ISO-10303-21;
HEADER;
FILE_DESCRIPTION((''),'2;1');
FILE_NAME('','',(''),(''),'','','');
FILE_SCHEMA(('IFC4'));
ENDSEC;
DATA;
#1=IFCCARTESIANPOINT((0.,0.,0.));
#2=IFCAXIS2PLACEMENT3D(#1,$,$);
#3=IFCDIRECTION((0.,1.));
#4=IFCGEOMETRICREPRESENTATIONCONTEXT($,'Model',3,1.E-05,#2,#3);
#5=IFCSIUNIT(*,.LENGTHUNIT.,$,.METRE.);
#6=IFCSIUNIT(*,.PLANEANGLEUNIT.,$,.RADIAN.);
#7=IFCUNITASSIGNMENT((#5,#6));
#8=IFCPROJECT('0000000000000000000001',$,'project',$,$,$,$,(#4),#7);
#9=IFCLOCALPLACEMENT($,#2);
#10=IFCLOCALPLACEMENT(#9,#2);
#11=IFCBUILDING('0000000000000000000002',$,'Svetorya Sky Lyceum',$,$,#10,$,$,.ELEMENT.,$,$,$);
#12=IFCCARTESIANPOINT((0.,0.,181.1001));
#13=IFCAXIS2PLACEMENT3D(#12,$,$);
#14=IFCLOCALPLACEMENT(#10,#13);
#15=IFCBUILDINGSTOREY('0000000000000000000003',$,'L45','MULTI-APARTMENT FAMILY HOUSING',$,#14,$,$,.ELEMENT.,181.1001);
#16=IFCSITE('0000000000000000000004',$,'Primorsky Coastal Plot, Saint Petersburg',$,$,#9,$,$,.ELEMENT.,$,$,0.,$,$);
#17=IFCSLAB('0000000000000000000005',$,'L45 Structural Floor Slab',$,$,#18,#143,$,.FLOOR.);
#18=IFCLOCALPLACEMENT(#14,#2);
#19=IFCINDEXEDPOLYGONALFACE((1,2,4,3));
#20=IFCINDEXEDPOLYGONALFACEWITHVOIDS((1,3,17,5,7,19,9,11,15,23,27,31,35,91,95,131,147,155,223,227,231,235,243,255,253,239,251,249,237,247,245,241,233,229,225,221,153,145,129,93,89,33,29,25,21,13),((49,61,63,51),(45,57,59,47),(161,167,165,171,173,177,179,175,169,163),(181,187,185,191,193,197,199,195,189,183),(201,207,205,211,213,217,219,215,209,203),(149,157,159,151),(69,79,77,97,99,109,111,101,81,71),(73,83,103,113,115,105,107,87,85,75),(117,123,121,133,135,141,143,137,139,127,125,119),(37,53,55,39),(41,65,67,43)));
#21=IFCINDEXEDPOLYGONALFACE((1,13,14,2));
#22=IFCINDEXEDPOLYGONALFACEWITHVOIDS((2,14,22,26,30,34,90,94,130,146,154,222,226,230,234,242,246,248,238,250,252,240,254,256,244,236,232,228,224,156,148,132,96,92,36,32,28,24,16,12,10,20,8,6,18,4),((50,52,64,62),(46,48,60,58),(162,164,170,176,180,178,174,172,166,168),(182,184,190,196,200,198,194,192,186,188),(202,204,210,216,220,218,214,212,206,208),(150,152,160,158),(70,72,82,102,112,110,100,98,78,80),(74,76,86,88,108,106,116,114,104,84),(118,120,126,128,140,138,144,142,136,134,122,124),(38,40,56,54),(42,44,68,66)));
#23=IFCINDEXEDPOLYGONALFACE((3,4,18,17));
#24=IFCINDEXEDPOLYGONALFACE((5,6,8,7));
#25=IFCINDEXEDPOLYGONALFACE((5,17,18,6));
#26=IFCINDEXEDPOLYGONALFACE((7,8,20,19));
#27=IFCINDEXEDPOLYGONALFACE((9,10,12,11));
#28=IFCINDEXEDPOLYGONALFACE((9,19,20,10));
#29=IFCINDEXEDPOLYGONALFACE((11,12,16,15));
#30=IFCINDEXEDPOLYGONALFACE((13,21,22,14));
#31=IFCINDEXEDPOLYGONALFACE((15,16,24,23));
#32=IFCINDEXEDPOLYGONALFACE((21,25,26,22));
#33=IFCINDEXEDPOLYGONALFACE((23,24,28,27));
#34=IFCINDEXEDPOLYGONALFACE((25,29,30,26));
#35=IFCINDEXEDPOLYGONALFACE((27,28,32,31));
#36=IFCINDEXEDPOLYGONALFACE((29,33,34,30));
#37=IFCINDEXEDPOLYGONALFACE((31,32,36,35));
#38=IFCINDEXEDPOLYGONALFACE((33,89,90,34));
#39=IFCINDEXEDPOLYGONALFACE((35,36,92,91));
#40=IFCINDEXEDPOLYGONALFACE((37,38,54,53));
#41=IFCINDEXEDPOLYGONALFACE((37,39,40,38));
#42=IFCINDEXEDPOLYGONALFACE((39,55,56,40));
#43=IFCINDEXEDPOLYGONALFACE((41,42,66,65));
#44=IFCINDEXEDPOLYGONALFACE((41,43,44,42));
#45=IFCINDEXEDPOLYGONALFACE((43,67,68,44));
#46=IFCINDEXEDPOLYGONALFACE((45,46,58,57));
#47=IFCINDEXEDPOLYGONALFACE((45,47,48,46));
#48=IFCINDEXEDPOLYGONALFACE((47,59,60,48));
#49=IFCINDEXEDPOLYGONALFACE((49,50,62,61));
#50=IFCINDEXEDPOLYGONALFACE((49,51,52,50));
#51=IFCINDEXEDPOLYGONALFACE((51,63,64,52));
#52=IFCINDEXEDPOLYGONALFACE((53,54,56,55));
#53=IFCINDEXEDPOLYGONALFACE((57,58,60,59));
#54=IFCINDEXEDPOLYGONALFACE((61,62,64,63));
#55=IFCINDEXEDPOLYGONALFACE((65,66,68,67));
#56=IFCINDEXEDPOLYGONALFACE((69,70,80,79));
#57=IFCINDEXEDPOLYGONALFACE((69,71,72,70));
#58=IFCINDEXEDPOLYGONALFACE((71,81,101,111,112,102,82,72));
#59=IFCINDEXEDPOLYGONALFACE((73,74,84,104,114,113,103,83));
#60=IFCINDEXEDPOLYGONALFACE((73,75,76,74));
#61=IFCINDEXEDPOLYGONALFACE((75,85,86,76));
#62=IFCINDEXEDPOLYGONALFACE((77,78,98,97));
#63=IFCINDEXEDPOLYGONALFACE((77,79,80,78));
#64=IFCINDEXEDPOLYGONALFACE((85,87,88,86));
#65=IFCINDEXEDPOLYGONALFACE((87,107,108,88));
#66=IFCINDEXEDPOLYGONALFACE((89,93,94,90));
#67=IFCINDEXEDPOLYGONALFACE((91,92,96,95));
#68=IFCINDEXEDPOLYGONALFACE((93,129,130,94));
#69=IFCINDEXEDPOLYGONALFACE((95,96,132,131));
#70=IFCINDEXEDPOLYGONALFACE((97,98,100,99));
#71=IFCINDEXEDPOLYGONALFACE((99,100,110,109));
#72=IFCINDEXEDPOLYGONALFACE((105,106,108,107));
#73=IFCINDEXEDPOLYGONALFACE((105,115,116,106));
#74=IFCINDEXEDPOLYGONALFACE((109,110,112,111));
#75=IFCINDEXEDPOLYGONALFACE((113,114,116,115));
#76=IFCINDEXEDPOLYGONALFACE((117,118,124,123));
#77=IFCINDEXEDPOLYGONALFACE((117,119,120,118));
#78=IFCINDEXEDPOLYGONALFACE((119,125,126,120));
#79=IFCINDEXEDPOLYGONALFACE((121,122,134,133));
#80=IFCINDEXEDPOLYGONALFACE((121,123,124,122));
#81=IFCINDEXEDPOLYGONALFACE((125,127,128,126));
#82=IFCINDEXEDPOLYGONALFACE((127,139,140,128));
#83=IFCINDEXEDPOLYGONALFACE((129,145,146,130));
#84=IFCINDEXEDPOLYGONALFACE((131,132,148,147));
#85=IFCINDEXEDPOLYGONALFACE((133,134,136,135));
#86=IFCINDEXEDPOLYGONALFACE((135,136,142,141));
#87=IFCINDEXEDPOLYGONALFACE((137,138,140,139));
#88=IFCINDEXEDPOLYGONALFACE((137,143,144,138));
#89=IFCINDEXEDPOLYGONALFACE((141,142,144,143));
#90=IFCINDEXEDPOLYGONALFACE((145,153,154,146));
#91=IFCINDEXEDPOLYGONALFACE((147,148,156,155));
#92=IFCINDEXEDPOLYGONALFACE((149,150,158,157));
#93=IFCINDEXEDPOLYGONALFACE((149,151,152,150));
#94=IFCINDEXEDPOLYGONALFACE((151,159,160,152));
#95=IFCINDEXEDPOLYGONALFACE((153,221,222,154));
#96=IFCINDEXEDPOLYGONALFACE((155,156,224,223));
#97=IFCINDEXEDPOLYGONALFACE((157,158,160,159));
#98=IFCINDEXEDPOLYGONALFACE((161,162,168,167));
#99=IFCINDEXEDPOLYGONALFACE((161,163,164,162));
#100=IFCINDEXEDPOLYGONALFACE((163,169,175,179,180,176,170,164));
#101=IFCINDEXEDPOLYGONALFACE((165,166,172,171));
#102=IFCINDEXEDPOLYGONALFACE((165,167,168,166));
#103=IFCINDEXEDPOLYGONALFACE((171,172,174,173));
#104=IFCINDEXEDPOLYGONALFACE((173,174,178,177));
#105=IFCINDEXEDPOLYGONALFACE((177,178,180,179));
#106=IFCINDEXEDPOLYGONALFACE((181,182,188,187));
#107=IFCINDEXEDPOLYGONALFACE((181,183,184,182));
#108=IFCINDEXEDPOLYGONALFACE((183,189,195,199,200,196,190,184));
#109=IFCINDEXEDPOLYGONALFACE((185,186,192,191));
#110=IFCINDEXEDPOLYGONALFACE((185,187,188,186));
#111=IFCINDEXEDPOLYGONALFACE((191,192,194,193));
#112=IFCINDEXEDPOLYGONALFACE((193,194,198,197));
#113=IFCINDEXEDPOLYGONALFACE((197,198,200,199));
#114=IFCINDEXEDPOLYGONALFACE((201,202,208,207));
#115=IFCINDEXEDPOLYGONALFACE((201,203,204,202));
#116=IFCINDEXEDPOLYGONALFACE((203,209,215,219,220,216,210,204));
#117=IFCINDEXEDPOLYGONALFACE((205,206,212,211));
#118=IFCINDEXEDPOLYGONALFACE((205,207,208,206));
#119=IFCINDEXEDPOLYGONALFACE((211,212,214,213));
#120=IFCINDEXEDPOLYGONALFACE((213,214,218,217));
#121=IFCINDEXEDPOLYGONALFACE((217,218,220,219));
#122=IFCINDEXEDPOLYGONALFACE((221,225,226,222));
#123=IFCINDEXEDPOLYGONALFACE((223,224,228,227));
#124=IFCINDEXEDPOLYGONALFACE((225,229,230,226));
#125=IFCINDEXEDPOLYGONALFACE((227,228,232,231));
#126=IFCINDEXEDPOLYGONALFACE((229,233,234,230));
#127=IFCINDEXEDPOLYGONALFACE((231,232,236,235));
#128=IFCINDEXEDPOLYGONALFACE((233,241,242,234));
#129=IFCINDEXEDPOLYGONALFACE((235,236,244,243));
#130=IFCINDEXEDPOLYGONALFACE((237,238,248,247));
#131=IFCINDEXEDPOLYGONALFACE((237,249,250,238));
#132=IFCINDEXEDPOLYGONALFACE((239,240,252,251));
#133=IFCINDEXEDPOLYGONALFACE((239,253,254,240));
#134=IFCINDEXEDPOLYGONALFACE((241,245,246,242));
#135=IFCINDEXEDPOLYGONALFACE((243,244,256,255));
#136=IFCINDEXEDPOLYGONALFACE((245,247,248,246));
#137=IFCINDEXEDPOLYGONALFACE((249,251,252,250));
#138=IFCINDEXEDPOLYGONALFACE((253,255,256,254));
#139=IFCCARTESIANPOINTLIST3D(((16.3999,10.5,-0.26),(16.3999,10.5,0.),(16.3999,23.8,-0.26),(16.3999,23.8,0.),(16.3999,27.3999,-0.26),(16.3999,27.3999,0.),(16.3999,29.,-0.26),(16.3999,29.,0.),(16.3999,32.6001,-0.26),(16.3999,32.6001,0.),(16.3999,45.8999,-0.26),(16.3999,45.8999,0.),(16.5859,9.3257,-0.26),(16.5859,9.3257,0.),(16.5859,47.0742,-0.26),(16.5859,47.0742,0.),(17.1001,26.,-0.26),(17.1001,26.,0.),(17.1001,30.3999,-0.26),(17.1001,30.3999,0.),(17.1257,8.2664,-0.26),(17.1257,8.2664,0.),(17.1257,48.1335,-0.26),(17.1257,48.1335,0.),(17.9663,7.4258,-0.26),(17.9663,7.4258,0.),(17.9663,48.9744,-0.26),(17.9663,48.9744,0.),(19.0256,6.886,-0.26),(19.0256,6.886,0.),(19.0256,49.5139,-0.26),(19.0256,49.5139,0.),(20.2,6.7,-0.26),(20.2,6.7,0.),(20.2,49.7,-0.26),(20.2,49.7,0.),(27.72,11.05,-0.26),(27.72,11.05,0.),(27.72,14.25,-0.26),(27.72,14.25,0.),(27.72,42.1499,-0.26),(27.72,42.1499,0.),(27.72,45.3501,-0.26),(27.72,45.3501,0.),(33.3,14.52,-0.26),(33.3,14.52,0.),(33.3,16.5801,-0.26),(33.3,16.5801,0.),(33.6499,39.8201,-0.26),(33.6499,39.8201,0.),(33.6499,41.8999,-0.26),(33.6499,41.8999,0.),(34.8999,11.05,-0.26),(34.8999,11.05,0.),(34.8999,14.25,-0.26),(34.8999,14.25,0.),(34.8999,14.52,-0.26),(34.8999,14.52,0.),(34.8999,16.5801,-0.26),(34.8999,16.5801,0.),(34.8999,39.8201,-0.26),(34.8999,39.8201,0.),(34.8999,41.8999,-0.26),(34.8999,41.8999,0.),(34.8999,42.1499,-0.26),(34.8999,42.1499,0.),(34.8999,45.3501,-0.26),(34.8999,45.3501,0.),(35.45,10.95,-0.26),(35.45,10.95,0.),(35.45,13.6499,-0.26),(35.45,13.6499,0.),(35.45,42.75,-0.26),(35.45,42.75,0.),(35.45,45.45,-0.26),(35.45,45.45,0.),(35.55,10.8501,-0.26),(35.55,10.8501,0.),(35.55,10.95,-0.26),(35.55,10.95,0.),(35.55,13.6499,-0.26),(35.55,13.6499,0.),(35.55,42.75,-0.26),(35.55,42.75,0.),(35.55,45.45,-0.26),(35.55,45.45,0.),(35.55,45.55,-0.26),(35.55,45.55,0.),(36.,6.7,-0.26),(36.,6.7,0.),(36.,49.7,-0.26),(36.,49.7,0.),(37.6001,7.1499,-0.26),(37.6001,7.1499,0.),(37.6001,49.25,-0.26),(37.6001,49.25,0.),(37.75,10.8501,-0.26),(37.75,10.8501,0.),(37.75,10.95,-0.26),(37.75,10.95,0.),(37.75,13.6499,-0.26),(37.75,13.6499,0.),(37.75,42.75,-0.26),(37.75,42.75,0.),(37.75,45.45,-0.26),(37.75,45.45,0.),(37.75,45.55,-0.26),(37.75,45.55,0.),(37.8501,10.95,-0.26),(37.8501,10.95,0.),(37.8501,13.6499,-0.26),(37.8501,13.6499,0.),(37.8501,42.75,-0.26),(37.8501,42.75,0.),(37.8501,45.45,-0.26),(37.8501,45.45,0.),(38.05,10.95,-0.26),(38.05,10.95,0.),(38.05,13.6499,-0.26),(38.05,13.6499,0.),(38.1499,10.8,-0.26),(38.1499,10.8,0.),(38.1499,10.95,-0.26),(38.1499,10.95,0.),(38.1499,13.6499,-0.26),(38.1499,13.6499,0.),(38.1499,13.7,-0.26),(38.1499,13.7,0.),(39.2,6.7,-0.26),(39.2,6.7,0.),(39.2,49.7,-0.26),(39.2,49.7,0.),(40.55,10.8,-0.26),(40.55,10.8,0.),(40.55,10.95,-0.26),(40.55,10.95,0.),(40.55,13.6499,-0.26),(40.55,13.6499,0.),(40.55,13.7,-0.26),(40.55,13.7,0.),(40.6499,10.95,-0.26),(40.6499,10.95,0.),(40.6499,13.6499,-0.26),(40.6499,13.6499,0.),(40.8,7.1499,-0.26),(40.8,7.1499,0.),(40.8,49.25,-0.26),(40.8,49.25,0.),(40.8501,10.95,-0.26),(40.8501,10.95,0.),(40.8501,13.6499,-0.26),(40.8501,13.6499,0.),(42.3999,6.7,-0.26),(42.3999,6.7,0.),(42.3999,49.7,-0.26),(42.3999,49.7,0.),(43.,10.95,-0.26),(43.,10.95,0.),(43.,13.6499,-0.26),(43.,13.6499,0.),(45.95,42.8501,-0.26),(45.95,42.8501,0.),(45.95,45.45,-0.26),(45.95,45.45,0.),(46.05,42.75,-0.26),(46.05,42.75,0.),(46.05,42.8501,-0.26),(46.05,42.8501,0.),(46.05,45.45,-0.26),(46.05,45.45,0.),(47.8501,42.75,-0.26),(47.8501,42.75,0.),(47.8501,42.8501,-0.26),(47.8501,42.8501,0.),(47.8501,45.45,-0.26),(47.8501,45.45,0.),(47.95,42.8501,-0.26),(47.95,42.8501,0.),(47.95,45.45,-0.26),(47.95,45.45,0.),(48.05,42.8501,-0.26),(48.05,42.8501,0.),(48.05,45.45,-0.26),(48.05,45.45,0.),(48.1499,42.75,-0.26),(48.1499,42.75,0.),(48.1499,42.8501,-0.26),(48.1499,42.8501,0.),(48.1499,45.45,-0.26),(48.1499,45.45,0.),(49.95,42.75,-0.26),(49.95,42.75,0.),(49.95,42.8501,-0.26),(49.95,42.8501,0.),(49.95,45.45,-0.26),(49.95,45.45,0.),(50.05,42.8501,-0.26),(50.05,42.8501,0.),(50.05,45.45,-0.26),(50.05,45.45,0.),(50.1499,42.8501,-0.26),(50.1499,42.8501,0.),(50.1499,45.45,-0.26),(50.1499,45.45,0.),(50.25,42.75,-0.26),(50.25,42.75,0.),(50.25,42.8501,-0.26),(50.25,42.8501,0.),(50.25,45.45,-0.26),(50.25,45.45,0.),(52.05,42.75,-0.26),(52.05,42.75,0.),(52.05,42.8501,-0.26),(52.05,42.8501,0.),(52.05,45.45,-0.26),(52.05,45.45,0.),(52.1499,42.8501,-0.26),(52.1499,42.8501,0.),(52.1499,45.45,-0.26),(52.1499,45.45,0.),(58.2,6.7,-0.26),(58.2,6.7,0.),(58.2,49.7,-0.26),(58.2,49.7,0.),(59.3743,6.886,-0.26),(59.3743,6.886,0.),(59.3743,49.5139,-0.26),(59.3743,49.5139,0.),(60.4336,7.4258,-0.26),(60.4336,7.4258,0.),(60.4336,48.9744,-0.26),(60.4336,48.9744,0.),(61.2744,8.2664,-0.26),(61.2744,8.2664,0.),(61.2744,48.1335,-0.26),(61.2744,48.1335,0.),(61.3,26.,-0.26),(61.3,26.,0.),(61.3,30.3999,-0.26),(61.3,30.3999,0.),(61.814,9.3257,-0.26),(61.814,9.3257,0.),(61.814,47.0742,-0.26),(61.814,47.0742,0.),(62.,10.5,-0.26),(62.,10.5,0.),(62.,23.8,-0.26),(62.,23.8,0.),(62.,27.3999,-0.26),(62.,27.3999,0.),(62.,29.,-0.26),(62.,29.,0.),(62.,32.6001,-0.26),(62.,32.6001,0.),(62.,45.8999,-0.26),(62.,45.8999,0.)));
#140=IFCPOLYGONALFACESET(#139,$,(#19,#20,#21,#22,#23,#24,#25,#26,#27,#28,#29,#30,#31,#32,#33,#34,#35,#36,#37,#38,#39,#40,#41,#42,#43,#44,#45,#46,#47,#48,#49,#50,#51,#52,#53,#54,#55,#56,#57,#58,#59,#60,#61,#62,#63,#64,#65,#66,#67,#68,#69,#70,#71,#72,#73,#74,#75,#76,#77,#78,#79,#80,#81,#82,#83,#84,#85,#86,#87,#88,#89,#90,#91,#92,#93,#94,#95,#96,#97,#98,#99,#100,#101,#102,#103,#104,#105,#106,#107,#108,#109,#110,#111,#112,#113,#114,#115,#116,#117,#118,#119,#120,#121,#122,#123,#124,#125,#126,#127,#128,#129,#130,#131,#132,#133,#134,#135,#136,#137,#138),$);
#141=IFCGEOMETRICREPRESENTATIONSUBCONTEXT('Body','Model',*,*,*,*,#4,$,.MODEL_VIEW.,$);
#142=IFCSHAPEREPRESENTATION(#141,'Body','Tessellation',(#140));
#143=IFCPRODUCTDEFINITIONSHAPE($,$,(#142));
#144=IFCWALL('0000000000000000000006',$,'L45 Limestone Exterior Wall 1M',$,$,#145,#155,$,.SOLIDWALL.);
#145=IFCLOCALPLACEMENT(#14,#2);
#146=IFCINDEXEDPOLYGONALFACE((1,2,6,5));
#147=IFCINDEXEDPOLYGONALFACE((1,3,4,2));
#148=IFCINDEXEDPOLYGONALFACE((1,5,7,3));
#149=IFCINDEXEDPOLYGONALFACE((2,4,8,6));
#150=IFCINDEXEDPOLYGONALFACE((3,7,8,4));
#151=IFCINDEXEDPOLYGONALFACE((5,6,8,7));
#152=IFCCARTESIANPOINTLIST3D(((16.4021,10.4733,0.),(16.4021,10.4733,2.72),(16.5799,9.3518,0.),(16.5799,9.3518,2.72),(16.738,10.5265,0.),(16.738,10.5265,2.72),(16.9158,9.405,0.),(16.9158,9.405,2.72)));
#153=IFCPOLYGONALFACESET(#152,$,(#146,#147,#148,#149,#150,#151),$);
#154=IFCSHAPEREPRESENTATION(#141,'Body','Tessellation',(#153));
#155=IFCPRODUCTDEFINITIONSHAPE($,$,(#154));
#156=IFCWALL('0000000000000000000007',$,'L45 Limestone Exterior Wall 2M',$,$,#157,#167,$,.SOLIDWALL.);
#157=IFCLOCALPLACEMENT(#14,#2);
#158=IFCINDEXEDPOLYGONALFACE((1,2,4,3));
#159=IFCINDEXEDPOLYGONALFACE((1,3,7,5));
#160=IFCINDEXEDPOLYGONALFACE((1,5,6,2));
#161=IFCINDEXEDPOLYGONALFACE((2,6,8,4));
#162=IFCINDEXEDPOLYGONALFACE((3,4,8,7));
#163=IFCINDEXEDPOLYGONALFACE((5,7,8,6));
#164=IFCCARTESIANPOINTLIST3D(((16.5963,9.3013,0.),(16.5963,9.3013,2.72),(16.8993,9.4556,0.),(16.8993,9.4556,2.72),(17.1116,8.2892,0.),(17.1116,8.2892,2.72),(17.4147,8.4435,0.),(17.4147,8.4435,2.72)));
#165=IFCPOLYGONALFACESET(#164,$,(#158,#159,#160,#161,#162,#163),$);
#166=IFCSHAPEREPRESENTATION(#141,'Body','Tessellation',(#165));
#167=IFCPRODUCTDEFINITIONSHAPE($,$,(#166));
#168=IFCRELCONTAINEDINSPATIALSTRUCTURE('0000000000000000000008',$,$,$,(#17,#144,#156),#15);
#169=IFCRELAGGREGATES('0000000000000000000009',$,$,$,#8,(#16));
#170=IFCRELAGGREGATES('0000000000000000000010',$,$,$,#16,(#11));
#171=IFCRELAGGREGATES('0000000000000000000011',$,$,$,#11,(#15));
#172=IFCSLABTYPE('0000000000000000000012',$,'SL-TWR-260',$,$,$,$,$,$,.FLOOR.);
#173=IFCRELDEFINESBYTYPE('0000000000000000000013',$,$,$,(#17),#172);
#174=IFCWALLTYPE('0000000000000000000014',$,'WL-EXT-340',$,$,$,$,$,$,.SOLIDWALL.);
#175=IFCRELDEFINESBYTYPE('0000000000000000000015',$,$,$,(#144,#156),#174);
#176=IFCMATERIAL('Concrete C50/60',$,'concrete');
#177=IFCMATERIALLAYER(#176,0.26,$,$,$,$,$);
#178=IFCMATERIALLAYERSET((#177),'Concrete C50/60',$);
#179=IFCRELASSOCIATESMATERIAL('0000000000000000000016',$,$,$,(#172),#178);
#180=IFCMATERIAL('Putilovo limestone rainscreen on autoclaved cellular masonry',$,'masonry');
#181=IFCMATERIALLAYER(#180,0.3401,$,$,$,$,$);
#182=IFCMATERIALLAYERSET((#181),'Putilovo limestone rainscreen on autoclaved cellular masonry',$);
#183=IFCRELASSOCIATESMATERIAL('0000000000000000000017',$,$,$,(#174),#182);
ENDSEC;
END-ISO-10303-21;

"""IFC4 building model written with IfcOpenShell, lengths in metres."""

from ifc_helpers import new_model, si_unit, direction, frame, frame_2d, origin, place, context, subcontext, project, spatial, polyline, rectangle, outline, extrude, material, layer, layer_set, type_object, element, save


model = new_model("IFC4")

# Units and contexts
model_context = context("Model", 3, precision=1e-05, world=origin(), true_north=direction((0.0, 1.0)))
body_context = subcontext(model_context, "Body", "Model", "MODEL_VIEW")
ifc_project = project(units=[si_unit("LENGTHUNIT", "METRE"), si_unit("PLANEANGLEUNIT", "RADIAN")], contexts=[model_context])

# Site, building, storey
site_placement = place(None, origin())
site = spatial("IfcSite", under=ifc_project, at=site_placement, Name="Primorsky Coastal Plot, Saint Petersburg", CompositionType="ELEMENT", RefElevation=0.0)
building_placement = place(site_placement, origin())
building = spatial("IfcBuilding", under=site, at=building_placement, Name="Svetorya Sky Lyceum", CompositionType="ELEMENT")
storey_placement = place(building_placement, frame((0.0, 0.0, 181.1001)))
storey = spatial("IfcBuildingStorey", under=building, at=storey_placement, Name="L45", Description="MULTI-APARTMENT FAMILY HOUSING", CompositionType="ELEMENT", Elevation=181.1001)

# Shared definitions
ifc_material_1 = material(Name="Concrete C50/60", Category="concrete")

# Slab
ifc_layer_1 = layer(ifc_material_1, 0.26)
ifc_layer_set_1 = layer_set([ifc_layer_1], Name="Concrete C50/60")
slab_type_1 = type_object("IfcSlabType", Name="SL-TWR-260", PredefinedType="FLOOR", material=ifc_layer_set_1)
slab_1_placement = place(storey_placement, frame((0.0, 0.0, -0.26)))
element("IfcSlab", 1, at=slab_1_placement, inside=storey, type_object=slab_type_1, Name="L45 Structural Floor Slab", PredefinedType="FLOOR", context=body_context, shape_type="SweptSolid", body=[
    extrude(outline(polyline([(16.3999, 10.5), (16.5859, 9.3257), (17.1257, 8.2664), (17.9663, 7.4258), (19.0256, 6.886), (20.2, 6.7), (36.0, 6.7), (37.6001, 7.1499), (39.2, 6.7), (40.8, 7.1499), (42.3999, 6.7), (58.2, 6.7), (59.3743, 6.886), (60.4336, 7.4258), (61.2744, 8.2664), (61.814, 9.3257), (62.0, 10.5), (62.0, 23.8), (61.3, 26.0), (62.0, 27.3999), (62.0, 29.0), (61.3, 30.3999), (62.0, 32.6001), (62.0, 45.8999), (61.814, 47.0742), (61.2744, 48.1335), (60.4336, 48.9744), (59.3743, 49.5139), (58.2, 49.7), (42.3999, 49.7), (40.8, 49.25), (39.2, 49.7), (37.6001, 49.25), (36.0, 49.7), (20.2, 49.7), (19.0256, 49.5139), (17.9663, 48.9744), (17.1257, 48.1335), (16.5859, 47.0742), (16.3999, 45.8999), (16.3999, 32.6001), (17.1001, 30.3999), (16.3999, 29.0), (16.3999, 27.3999), (17.1001, 26.0), (16.3999, 23.8), (16.3999, 10.5)]), holes=[polyline([(37.8501, 10.95), (37.75, 10.95), (37.75, 10.8501), (35.55, 10.8501), (35.55, 10.95), (35.45, 10.95), (35.45, 13.6499), (35.55, 13.6499), (37.75, 13.6499), (37.8501, 13.6499), (37.8501, 10.95)]), polyline([(38.1499, 10.8), (38.1499, 10.95), (38.05, 10.95), (38.05, 13.6499), (38.1499, 13.6499), (38.1499, 13.7), (40.55, 13.7), (40.55, 13.6499), (40.6499, 13.6499), (40.6499, 10.95), (40.55, 10.95), (40.55, 10.8), (38.1499, 10.8)]), polyline([(27.72, 11.05), (27.72, 14.25), (34.8999, 14.25), (34.8999, 11.05), (27.72, 11.05)]), polyline([(33.3, 14.52), (33.3, 16.5801), (34.8999, 16.5801), (34.8999, 14.52), (33.3, 14.52)]), polyline([(33.6499, 39.8201), (33.6499, 41.8999), (34.8999, 41.8999), (34.8999, 39.8201), (33.6499, 39.8201)]), polyline([(27.72, 42.1499), (27.72, 45.3501), (34.8999, 45.3501), (34.8999, 42.1499), (27.72, 42.1499)]), polyline([(37.75, 42.75), (35.55, 42.75), (35.45, 42.75), (35.45, 45.45), (35.55, 45.45), (35.55, 45.55), (37.75, 45.55), (37.75, 45.45), (37.8501, 45.45), (37.8501, 42.75), (37.75, 42.75)]), polyline([(40.8501, 10.95), (40.8501, 13.6499), (43.0, 13.6499), (43.0, 10.95), (40.8501, 10.95)]), polyline([(46.05, 42.75), (46.05, 42.8501), (45.95, 42.8501), (45.95, 45.45), (46.05, 45.45), (47.8501, 45.45), (47.95, 45.45), (47.95, 42.8501), (47.8501, 42.8501), (47.8501, 42.75), (46.05, 42.75)]), polyline([(50.05, 42.8501), (49.95, 42.8501), (49.95, 42.75), (48.1499, 42.75), (48.1499, 42.8501), (48.05, 42.8501), (48.05, 45.45), (48.1499, 45.45), (49.95, 45.45), (50.05, 45.45), (50.05, 42.8501)]), polyline([(52.1499, 42.8501), (52.05, 42.8501), (52.05, 42.75), (50.25, 42.75), (50.25, 42.8501), (50.1499, 42.8501), (50.1499, 45.45), (50.25, 45.45), (52.05, 45.45), (52.1499, 45.45), (52.1499, 42.8501)])]), origin(), (0.0, 0.0, 1.0), 0.26),
])

# Walls
ifc_material_2 = material(Name="Putilovo limestone rainscreen on autoclaved cellular masonry", Category="masonry")
ifc_layer_2 = layer(ifc_material_2, 0.3401)
ifc_layer_set_2 = layer_set([ifc_layer_2], Name="Putilovo limestone rainscreen on autoclaved cellular masonry")
wall_type_1 = type_object("IfcWallType", Name="WL-EXT-340", PredefinedType="SOLIDWALL", material=ifc_layer_set_2)
wall_1_placement = place(storey_placement, frame((16.5701, 10.5, 0.0), z_axis=(0.0, 0.0, 1.0), x_axis=(0.156515, -0.987676, 0.0)))
element("IfcWall", 2, at=wall_1_placement, inside=storey, type_object=wall_type_1, Name="L45 Limestone Exterior Wall 1M", PredefinedType="SOLIDWALL", context=body_context, shape_type="SweptSolid", body=[
    extrude(rectangle(XDim=1.1355, YDim=0.3401, at=frame_2d((0.5679, 0.0))), origin(), (0.0, 0.0, 1.0), 2.72),
])
wall_2_placement = place(storey_placement, frame((16.7478, 9.3784, 0.0), z_axis=(0.0, 0.0, 1.0), x_axis=(0.453736, -0.891136, 0.0)))
element("IfcWall", 3, at=wall_2_placement, inside=storey, type_object=wall_type_1, Name="L45 Limestone Exterior Wall 2M", PredefinedType="SOLIDWALL", context=body_context, shape_type="SweptSolid", body=[
    extrude(rectangle(XDim=1.1357, YDim=0.3401, at=frame_2d((0.5679, 0.0))), origin(), (0.0, 0.0, 1.0), 2.72),
])

save(model, "model.ifc")
